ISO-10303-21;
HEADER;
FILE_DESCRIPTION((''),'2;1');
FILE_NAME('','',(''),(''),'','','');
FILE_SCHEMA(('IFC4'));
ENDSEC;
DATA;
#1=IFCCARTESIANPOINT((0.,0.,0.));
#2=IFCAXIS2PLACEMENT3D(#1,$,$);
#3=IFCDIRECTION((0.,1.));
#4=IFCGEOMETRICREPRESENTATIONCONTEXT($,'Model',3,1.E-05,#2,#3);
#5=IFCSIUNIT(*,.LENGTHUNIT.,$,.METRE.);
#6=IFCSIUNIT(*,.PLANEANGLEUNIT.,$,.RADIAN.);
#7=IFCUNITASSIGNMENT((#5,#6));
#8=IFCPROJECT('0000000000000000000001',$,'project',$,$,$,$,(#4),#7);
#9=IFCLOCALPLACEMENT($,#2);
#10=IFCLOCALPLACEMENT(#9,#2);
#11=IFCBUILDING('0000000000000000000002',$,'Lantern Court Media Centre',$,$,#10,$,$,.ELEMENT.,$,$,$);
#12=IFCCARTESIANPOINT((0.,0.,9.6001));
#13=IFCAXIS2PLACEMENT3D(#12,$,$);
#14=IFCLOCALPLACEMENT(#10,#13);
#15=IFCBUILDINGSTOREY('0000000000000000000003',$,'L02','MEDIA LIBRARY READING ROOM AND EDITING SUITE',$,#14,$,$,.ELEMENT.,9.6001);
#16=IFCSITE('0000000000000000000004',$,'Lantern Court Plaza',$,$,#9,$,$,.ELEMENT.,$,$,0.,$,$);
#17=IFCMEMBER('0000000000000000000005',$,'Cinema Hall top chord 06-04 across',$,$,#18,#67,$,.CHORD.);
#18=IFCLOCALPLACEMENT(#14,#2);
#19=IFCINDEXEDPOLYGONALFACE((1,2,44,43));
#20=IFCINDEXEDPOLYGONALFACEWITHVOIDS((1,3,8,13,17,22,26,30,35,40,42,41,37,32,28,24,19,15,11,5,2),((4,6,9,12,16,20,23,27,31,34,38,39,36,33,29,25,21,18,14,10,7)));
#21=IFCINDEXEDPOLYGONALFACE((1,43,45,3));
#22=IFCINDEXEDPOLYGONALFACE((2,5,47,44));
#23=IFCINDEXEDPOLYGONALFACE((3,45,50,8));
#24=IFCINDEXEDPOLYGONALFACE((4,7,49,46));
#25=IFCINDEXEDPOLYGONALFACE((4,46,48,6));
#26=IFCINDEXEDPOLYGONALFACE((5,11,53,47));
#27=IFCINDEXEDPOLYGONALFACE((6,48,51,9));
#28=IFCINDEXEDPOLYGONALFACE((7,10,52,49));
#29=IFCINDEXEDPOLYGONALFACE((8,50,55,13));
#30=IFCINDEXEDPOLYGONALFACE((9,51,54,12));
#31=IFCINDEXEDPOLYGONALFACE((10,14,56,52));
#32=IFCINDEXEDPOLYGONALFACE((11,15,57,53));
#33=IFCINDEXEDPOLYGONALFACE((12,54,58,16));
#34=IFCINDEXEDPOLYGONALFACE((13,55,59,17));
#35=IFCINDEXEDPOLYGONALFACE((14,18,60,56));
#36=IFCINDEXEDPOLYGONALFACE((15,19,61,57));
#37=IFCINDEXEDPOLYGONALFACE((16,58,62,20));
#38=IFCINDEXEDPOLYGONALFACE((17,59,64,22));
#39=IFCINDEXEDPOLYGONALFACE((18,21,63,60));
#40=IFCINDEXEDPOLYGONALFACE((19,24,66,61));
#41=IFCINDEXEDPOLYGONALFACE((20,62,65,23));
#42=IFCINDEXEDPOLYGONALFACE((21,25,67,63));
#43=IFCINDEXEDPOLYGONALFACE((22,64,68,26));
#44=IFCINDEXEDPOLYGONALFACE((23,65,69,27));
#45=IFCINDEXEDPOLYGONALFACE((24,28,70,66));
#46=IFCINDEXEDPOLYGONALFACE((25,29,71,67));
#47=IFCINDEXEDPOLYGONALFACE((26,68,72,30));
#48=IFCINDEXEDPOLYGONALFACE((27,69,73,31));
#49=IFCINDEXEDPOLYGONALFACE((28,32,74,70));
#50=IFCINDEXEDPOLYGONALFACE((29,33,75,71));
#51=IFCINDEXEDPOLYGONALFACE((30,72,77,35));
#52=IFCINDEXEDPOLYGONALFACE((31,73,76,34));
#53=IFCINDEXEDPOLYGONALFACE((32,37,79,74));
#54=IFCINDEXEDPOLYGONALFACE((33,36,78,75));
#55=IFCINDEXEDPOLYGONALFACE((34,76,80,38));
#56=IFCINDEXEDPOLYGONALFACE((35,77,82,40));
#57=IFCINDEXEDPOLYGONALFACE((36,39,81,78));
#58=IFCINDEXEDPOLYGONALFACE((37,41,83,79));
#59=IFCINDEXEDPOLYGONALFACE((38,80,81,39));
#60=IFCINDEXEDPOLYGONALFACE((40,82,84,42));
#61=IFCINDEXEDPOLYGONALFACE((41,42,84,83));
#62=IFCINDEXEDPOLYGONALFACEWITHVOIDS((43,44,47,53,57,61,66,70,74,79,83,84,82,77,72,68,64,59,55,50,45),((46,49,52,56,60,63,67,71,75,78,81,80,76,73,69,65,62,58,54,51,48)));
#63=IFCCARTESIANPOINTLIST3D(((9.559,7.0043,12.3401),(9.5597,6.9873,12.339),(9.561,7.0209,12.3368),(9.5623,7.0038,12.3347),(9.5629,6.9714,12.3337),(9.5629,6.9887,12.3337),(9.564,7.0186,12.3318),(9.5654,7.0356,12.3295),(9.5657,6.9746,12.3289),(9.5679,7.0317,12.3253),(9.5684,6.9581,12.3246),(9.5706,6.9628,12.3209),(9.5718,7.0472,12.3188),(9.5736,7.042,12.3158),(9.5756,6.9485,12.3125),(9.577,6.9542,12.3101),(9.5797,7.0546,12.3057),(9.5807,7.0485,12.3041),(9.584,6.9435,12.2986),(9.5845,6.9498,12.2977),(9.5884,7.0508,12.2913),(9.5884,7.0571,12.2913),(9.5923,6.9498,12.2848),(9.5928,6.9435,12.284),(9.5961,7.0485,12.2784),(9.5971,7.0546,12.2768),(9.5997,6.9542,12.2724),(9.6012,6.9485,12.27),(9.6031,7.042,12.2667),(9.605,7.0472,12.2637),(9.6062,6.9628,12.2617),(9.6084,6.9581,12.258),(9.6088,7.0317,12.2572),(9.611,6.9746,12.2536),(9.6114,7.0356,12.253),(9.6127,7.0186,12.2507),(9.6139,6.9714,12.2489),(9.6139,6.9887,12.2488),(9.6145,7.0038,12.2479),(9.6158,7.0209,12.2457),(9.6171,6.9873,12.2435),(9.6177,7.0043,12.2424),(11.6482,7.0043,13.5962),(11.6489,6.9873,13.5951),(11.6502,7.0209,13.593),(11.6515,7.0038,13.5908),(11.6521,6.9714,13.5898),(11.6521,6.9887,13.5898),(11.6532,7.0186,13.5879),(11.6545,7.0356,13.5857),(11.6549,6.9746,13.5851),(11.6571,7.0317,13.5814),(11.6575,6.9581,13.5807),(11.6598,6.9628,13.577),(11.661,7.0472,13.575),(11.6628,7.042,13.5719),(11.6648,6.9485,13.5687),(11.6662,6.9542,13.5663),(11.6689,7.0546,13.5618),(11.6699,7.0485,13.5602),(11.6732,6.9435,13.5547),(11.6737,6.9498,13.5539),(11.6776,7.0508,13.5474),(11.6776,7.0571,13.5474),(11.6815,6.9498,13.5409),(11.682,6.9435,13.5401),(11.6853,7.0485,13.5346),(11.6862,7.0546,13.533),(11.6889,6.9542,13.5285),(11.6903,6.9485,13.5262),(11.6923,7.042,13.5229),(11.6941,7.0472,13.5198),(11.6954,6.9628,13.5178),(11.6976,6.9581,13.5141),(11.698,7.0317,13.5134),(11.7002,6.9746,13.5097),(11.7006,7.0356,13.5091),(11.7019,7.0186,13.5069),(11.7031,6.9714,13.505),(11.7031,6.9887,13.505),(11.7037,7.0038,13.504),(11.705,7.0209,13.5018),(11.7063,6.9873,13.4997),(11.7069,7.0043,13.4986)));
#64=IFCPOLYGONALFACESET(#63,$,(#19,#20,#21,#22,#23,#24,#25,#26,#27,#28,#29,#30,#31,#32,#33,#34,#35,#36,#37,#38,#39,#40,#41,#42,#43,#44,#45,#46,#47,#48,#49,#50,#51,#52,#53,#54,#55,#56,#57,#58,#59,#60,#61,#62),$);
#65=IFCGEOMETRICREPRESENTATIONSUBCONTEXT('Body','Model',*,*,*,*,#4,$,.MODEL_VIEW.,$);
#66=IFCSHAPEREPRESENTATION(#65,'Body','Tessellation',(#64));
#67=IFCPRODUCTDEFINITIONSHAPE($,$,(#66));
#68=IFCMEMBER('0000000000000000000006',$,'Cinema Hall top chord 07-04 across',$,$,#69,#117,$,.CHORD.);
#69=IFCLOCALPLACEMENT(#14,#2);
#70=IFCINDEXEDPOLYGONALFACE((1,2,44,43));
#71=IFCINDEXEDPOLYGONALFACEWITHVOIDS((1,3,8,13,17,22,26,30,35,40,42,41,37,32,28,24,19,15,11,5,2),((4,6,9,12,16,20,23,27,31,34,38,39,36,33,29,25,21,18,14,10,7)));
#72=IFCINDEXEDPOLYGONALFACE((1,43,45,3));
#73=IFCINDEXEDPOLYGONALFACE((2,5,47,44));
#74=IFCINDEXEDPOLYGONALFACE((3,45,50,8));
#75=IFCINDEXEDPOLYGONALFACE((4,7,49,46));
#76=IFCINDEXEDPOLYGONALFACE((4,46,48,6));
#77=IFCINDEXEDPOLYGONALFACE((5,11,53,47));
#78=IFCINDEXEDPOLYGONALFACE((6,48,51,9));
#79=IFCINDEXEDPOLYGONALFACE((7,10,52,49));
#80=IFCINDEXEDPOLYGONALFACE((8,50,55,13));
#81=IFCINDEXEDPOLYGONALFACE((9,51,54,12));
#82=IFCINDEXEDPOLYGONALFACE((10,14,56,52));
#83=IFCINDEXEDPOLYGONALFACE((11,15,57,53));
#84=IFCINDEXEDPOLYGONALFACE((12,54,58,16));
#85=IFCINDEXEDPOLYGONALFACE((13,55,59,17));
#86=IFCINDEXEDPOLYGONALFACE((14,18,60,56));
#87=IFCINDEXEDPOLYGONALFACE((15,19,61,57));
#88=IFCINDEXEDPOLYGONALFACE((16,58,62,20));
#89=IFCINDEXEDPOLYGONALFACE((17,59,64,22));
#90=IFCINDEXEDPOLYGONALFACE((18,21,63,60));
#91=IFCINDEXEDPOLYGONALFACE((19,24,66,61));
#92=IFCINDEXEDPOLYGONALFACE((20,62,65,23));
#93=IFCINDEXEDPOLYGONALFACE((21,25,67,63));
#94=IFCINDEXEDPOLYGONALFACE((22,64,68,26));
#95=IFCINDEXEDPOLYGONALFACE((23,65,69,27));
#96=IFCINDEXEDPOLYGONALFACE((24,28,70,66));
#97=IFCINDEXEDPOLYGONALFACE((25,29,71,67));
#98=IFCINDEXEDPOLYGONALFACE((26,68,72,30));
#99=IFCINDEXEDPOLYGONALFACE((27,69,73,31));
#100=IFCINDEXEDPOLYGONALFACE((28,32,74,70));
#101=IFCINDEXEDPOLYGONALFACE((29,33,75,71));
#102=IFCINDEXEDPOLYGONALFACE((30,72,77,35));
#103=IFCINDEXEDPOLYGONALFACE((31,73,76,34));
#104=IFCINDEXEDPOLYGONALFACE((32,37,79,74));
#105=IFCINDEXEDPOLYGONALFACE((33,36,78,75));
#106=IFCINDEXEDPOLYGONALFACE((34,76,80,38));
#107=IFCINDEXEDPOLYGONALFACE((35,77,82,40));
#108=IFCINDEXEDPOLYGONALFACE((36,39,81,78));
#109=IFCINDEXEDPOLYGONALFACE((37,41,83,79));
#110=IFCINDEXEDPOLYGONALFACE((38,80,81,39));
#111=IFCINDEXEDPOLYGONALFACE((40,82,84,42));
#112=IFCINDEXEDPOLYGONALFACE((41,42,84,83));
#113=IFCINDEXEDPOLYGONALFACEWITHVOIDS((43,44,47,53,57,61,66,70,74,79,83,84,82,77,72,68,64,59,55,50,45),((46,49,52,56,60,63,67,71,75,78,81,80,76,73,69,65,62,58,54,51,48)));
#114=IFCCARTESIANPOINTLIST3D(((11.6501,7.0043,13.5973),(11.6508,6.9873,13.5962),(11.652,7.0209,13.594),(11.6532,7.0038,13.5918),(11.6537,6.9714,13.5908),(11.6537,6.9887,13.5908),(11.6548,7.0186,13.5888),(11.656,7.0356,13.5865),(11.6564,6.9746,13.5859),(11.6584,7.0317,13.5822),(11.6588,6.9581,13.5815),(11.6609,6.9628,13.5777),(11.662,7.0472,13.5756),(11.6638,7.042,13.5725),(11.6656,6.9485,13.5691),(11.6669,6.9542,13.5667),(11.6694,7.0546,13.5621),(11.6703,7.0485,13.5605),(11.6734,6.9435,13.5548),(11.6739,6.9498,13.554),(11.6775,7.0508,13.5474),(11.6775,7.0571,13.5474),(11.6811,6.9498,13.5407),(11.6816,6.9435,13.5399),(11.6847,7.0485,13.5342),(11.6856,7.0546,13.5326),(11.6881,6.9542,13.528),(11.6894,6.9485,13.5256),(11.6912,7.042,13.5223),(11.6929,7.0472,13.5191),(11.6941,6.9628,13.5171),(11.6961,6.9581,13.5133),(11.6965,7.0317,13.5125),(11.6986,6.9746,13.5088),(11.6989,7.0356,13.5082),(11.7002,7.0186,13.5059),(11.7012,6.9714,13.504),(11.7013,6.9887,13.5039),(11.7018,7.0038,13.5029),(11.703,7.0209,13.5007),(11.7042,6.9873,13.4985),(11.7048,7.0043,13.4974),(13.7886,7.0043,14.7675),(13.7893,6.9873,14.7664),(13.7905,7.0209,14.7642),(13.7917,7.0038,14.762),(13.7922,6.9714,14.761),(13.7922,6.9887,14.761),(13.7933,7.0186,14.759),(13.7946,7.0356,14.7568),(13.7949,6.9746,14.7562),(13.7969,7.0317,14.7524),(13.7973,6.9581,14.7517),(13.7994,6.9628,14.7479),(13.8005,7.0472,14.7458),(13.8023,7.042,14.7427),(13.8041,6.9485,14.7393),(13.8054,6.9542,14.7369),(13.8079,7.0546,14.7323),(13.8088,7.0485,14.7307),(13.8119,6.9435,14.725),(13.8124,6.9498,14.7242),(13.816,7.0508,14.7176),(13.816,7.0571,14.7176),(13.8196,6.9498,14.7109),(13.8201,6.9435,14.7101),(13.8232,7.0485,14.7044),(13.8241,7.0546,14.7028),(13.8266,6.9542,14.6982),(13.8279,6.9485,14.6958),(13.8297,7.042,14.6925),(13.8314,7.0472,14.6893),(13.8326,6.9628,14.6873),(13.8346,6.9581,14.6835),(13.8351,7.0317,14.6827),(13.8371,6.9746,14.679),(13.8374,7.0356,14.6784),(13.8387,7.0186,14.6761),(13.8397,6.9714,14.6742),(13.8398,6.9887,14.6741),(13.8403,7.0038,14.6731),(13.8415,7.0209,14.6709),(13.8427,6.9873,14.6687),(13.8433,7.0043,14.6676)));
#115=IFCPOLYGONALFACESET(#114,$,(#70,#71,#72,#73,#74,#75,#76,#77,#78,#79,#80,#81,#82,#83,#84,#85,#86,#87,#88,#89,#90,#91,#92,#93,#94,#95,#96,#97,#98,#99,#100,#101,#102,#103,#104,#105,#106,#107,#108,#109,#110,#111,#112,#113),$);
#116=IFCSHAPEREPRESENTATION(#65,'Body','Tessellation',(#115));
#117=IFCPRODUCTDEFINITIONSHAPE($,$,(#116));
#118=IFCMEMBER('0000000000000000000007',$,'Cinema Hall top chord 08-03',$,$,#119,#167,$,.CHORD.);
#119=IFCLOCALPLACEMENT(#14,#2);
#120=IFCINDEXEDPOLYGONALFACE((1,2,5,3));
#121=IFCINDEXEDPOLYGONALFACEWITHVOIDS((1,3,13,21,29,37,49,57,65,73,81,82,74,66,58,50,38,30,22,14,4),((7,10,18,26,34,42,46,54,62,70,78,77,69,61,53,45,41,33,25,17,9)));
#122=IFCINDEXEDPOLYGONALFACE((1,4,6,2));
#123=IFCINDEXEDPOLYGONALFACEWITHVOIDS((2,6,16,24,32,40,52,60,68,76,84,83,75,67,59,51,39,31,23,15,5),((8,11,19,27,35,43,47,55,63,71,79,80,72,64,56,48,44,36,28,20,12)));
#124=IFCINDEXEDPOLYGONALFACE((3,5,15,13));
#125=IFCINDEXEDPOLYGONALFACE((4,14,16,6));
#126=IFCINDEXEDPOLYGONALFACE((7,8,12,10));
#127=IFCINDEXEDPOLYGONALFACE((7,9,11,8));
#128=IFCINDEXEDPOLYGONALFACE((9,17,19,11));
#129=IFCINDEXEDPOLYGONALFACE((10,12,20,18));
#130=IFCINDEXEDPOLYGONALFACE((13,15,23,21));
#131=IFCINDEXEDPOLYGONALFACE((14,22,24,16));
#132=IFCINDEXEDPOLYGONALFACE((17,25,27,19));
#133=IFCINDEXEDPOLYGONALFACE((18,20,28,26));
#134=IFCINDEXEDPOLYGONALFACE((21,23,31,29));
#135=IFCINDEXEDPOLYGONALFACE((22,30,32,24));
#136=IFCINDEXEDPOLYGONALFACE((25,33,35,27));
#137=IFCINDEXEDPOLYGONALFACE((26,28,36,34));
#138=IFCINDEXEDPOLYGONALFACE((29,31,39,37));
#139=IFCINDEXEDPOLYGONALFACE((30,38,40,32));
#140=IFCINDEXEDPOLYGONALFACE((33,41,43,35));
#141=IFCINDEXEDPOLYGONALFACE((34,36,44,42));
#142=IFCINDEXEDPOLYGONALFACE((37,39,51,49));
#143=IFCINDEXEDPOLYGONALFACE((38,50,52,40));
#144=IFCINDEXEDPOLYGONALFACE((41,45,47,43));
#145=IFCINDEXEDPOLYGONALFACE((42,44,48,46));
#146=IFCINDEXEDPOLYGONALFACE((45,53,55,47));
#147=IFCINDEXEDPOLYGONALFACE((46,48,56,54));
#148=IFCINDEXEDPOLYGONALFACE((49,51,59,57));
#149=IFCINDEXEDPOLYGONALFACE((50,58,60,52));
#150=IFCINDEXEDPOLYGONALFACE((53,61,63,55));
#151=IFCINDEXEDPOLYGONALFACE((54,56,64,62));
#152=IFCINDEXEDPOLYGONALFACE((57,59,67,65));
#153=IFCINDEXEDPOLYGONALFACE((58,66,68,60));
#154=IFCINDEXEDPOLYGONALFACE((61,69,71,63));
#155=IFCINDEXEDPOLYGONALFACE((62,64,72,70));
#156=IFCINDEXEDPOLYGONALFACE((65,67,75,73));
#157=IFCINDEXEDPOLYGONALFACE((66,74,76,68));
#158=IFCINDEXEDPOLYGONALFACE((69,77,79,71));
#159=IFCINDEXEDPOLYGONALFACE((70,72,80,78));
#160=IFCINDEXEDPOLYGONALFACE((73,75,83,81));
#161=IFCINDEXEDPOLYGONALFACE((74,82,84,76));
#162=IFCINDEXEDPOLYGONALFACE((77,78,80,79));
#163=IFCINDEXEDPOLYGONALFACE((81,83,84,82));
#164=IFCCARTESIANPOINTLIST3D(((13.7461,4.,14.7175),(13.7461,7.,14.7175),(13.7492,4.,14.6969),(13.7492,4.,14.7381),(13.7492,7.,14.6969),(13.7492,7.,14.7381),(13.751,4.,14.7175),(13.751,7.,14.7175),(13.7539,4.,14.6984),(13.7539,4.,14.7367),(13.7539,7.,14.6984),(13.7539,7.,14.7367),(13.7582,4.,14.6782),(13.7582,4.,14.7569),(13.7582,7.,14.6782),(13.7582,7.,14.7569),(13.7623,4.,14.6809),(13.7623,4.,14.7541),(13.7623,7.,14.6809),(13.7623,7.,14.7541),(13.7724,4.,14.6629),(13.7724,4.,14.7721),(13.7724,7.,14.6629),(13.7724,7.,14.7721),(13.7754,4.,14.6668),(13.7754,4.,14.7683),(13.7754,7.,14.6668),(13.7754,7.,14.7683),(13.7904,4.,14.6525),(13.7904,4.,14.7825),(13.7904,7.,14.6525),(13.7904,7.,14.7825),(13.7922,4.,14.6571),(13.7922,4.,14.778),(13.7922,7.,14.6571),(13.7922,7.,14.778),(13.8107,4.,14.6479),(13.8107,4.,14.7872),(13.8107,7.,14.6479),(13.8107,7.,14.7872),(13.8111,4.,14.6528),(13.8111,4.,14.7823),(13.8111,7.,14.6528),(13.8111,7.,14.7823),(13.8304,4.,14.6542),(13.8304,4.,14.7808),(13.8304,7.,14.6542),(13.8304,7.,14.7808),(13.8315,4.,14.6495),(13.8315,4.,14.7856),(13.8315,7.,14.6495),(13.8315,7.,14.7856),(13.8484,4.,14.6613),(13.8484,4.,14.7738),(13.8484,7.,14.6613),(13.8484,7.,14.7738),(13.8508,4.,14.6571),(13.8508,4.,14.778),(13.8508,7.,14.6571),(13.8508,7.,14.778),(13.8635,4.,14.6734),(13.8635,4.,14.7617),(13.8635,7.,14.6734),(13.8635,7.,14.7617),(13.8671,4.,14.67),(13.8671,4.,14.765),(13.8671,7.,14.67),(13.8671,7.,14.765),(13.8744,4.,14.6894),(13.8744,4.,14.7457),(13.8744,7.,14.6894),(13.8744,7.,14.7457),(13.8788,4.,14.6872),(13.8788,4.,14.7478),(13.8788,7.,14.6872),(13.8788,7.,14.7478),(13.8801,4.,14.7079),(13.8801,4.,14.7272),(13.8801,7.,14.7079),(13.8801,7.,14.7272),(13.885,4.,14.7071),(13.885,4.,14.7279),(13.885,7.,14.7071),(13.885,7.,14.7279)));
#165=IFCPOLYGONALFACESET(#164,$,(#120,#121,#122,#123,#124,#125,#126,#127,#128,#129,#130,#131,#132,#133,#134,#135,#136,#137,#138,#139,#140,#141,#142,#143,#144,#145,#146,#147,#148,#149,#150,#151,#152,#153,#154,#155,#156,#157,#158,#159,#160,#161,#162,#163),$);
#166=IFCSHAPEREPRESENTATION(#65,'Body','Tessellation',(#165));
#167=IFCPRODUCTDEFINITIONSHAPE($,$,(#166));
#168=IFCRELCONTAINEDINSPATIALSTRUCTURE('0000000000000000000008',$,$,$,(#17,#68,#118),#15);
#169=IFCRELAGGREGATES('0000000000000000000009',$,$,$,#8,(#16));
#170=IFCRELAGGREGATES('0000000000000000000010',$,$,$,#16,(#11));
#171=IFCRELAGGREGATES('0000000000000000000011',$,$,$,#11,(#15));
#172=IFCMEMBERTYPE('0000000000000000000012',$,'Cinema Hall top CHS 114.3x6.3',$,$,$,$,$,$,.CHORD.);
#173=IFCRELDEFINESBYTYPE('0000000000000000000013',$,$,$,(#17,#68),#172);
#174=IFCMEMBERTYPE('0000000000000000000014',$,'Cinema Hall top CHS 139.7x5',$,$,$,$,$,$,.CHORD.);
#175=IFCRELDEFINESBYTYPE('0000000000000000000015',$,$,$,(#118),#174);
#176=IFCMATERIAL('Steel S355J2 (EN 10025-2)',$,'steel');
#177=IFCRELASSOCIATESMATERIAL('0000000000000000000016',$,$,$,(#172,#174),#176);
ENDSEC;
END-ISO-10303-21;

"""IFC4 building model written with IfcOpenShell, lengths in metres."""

from ifc_helpers import new_model, si_unit, direction, frame, origin, origin_2d, place, context, subcontext, project, spatial, hollow_circle, extrude, material, material_profile, profile_set, type_object, element, save


model = new_model("IFC4")

# Units and contexts
model_context = context("Model", 3, precision=1e-05, world=origin(), true_north=direction((0.0, 1.0)))
body_context = subcontext(model_context, "Body", "Model", "MODEL_VIEW")
ifc_project = project(units=[si_unit("LENGTHUNIT", "METRE"), si_unit("PLANEANGLEUNIT", "RADIAN")], contexts=[model_context])

# Site, building, storey
site_placement = place(None, origin())
site = spatial("IfcSite", under=ifc_project, at=site_placement, Name="Lantern Court Plaza", CompositionType="ELEMENT", RefElevation=0.0)
building_placement = place(site_placement, origin())
building = spatial("IfcBuilding", under=site, at=building_placement, Name="Lantern Court Media Centre", CompositionType="ELEMENT")
storey_placement = place(building_placement, frame((0.0, 0.0, 9.6001)))
storey = spatial("IfcBuildingStorey", under=building, at=storey_placement, Name="L02", Description="MEDIA LIBRARY READING ROOM AND EDITING SUITE", CompositionType="ELEMENT", Elevation=9.6001)

# Members
ifc_material = material(Name="Steel S355J2 (EN 10025-2)", Category="steel")
ifc_material_profile_1 = material_profile(ifc_material, hollow_circle(Radius=0.0571, WallThickness=0.0063, at=origin_2d()), Name="Cinema Hall top CHS 114.3x6.3")
ifc_profile_set_1 = profile_set([ifc_material_profile_1], Name="Steel S355J2 (EN 10025-2)")
member_type_1 = type_object("IfcMemberType", Name="Cinema Hall top CHS 114.3x6.3", PredefinedType="CHORD", material=ifc_profile_set_1)
for number, where, z_axis, x_axis, name in (
    (1, (9.5884, 7.0, 12.2913), (0.857015, 0.0, 0.515291), (0.0, 1.0, 0.0), "Cinema Hall top chord 06-04 across"),
    (2, (11.6775, 7.0, 13.5474), (0.877248, 0.0, 0.480038), (0.0, 1.0, 0.0), "Cinema Hall top chord 07-04 across"),
):
    element("IfcMember", number, at=place(storey_placement, frame(where, z_axis=z_axis, x_axis=x_axis)), inside=storey, type_object=member_type_1, Name=name, PredefinedType="CHORD", context=body_context, shape_type="SweptSolid", body=[
        extrude(hollow_circle(Radius=0.0571, WallThickness=0.0063, at=origin_2d()), origin(), (0.0, 0.0, 1.0), 2.4377),
    ])
ifc_material_profile_2 = material_profile(ifc_material, hollow_circle(Radius=0.0698, WallThickness=0.0049, at=origin_2d()), Name="Cinema Hall top CHS 139.7x5")
ifc_profile_set_2 = profile_set([ifc_material_profile_2], Name="Steel S355J2 (EN 10025-2)")
member_type_2 = type_object("IfcMemberType", Name="Cinema Hall top CHS 139.7x5", PredefinedType="CHORD", material=ifc_profile_set_2)
member_1_placement = place(storey_placement, frame((13.8159, 4.0, 14.7175), z_axis=(0.0, 1.0, 0.0), x_axis=(-1.0, 0.0, 0.0)))
element("IfcMember", 3, at=member_1_placement, inside=storey, type_object=member_type_2, Name="Cinema Hall top chord 08-03", PredefinedType="CHORD", context=body_context, shape_type="SweptSolid", body=[
    extrude(hollow_circle(Radius=0.0698, WallThickness=0.0049, at=origin_2d()), origin(), (0.0, 0.0, 1.0), 3.0),
])

save(model, "model.ifc")
